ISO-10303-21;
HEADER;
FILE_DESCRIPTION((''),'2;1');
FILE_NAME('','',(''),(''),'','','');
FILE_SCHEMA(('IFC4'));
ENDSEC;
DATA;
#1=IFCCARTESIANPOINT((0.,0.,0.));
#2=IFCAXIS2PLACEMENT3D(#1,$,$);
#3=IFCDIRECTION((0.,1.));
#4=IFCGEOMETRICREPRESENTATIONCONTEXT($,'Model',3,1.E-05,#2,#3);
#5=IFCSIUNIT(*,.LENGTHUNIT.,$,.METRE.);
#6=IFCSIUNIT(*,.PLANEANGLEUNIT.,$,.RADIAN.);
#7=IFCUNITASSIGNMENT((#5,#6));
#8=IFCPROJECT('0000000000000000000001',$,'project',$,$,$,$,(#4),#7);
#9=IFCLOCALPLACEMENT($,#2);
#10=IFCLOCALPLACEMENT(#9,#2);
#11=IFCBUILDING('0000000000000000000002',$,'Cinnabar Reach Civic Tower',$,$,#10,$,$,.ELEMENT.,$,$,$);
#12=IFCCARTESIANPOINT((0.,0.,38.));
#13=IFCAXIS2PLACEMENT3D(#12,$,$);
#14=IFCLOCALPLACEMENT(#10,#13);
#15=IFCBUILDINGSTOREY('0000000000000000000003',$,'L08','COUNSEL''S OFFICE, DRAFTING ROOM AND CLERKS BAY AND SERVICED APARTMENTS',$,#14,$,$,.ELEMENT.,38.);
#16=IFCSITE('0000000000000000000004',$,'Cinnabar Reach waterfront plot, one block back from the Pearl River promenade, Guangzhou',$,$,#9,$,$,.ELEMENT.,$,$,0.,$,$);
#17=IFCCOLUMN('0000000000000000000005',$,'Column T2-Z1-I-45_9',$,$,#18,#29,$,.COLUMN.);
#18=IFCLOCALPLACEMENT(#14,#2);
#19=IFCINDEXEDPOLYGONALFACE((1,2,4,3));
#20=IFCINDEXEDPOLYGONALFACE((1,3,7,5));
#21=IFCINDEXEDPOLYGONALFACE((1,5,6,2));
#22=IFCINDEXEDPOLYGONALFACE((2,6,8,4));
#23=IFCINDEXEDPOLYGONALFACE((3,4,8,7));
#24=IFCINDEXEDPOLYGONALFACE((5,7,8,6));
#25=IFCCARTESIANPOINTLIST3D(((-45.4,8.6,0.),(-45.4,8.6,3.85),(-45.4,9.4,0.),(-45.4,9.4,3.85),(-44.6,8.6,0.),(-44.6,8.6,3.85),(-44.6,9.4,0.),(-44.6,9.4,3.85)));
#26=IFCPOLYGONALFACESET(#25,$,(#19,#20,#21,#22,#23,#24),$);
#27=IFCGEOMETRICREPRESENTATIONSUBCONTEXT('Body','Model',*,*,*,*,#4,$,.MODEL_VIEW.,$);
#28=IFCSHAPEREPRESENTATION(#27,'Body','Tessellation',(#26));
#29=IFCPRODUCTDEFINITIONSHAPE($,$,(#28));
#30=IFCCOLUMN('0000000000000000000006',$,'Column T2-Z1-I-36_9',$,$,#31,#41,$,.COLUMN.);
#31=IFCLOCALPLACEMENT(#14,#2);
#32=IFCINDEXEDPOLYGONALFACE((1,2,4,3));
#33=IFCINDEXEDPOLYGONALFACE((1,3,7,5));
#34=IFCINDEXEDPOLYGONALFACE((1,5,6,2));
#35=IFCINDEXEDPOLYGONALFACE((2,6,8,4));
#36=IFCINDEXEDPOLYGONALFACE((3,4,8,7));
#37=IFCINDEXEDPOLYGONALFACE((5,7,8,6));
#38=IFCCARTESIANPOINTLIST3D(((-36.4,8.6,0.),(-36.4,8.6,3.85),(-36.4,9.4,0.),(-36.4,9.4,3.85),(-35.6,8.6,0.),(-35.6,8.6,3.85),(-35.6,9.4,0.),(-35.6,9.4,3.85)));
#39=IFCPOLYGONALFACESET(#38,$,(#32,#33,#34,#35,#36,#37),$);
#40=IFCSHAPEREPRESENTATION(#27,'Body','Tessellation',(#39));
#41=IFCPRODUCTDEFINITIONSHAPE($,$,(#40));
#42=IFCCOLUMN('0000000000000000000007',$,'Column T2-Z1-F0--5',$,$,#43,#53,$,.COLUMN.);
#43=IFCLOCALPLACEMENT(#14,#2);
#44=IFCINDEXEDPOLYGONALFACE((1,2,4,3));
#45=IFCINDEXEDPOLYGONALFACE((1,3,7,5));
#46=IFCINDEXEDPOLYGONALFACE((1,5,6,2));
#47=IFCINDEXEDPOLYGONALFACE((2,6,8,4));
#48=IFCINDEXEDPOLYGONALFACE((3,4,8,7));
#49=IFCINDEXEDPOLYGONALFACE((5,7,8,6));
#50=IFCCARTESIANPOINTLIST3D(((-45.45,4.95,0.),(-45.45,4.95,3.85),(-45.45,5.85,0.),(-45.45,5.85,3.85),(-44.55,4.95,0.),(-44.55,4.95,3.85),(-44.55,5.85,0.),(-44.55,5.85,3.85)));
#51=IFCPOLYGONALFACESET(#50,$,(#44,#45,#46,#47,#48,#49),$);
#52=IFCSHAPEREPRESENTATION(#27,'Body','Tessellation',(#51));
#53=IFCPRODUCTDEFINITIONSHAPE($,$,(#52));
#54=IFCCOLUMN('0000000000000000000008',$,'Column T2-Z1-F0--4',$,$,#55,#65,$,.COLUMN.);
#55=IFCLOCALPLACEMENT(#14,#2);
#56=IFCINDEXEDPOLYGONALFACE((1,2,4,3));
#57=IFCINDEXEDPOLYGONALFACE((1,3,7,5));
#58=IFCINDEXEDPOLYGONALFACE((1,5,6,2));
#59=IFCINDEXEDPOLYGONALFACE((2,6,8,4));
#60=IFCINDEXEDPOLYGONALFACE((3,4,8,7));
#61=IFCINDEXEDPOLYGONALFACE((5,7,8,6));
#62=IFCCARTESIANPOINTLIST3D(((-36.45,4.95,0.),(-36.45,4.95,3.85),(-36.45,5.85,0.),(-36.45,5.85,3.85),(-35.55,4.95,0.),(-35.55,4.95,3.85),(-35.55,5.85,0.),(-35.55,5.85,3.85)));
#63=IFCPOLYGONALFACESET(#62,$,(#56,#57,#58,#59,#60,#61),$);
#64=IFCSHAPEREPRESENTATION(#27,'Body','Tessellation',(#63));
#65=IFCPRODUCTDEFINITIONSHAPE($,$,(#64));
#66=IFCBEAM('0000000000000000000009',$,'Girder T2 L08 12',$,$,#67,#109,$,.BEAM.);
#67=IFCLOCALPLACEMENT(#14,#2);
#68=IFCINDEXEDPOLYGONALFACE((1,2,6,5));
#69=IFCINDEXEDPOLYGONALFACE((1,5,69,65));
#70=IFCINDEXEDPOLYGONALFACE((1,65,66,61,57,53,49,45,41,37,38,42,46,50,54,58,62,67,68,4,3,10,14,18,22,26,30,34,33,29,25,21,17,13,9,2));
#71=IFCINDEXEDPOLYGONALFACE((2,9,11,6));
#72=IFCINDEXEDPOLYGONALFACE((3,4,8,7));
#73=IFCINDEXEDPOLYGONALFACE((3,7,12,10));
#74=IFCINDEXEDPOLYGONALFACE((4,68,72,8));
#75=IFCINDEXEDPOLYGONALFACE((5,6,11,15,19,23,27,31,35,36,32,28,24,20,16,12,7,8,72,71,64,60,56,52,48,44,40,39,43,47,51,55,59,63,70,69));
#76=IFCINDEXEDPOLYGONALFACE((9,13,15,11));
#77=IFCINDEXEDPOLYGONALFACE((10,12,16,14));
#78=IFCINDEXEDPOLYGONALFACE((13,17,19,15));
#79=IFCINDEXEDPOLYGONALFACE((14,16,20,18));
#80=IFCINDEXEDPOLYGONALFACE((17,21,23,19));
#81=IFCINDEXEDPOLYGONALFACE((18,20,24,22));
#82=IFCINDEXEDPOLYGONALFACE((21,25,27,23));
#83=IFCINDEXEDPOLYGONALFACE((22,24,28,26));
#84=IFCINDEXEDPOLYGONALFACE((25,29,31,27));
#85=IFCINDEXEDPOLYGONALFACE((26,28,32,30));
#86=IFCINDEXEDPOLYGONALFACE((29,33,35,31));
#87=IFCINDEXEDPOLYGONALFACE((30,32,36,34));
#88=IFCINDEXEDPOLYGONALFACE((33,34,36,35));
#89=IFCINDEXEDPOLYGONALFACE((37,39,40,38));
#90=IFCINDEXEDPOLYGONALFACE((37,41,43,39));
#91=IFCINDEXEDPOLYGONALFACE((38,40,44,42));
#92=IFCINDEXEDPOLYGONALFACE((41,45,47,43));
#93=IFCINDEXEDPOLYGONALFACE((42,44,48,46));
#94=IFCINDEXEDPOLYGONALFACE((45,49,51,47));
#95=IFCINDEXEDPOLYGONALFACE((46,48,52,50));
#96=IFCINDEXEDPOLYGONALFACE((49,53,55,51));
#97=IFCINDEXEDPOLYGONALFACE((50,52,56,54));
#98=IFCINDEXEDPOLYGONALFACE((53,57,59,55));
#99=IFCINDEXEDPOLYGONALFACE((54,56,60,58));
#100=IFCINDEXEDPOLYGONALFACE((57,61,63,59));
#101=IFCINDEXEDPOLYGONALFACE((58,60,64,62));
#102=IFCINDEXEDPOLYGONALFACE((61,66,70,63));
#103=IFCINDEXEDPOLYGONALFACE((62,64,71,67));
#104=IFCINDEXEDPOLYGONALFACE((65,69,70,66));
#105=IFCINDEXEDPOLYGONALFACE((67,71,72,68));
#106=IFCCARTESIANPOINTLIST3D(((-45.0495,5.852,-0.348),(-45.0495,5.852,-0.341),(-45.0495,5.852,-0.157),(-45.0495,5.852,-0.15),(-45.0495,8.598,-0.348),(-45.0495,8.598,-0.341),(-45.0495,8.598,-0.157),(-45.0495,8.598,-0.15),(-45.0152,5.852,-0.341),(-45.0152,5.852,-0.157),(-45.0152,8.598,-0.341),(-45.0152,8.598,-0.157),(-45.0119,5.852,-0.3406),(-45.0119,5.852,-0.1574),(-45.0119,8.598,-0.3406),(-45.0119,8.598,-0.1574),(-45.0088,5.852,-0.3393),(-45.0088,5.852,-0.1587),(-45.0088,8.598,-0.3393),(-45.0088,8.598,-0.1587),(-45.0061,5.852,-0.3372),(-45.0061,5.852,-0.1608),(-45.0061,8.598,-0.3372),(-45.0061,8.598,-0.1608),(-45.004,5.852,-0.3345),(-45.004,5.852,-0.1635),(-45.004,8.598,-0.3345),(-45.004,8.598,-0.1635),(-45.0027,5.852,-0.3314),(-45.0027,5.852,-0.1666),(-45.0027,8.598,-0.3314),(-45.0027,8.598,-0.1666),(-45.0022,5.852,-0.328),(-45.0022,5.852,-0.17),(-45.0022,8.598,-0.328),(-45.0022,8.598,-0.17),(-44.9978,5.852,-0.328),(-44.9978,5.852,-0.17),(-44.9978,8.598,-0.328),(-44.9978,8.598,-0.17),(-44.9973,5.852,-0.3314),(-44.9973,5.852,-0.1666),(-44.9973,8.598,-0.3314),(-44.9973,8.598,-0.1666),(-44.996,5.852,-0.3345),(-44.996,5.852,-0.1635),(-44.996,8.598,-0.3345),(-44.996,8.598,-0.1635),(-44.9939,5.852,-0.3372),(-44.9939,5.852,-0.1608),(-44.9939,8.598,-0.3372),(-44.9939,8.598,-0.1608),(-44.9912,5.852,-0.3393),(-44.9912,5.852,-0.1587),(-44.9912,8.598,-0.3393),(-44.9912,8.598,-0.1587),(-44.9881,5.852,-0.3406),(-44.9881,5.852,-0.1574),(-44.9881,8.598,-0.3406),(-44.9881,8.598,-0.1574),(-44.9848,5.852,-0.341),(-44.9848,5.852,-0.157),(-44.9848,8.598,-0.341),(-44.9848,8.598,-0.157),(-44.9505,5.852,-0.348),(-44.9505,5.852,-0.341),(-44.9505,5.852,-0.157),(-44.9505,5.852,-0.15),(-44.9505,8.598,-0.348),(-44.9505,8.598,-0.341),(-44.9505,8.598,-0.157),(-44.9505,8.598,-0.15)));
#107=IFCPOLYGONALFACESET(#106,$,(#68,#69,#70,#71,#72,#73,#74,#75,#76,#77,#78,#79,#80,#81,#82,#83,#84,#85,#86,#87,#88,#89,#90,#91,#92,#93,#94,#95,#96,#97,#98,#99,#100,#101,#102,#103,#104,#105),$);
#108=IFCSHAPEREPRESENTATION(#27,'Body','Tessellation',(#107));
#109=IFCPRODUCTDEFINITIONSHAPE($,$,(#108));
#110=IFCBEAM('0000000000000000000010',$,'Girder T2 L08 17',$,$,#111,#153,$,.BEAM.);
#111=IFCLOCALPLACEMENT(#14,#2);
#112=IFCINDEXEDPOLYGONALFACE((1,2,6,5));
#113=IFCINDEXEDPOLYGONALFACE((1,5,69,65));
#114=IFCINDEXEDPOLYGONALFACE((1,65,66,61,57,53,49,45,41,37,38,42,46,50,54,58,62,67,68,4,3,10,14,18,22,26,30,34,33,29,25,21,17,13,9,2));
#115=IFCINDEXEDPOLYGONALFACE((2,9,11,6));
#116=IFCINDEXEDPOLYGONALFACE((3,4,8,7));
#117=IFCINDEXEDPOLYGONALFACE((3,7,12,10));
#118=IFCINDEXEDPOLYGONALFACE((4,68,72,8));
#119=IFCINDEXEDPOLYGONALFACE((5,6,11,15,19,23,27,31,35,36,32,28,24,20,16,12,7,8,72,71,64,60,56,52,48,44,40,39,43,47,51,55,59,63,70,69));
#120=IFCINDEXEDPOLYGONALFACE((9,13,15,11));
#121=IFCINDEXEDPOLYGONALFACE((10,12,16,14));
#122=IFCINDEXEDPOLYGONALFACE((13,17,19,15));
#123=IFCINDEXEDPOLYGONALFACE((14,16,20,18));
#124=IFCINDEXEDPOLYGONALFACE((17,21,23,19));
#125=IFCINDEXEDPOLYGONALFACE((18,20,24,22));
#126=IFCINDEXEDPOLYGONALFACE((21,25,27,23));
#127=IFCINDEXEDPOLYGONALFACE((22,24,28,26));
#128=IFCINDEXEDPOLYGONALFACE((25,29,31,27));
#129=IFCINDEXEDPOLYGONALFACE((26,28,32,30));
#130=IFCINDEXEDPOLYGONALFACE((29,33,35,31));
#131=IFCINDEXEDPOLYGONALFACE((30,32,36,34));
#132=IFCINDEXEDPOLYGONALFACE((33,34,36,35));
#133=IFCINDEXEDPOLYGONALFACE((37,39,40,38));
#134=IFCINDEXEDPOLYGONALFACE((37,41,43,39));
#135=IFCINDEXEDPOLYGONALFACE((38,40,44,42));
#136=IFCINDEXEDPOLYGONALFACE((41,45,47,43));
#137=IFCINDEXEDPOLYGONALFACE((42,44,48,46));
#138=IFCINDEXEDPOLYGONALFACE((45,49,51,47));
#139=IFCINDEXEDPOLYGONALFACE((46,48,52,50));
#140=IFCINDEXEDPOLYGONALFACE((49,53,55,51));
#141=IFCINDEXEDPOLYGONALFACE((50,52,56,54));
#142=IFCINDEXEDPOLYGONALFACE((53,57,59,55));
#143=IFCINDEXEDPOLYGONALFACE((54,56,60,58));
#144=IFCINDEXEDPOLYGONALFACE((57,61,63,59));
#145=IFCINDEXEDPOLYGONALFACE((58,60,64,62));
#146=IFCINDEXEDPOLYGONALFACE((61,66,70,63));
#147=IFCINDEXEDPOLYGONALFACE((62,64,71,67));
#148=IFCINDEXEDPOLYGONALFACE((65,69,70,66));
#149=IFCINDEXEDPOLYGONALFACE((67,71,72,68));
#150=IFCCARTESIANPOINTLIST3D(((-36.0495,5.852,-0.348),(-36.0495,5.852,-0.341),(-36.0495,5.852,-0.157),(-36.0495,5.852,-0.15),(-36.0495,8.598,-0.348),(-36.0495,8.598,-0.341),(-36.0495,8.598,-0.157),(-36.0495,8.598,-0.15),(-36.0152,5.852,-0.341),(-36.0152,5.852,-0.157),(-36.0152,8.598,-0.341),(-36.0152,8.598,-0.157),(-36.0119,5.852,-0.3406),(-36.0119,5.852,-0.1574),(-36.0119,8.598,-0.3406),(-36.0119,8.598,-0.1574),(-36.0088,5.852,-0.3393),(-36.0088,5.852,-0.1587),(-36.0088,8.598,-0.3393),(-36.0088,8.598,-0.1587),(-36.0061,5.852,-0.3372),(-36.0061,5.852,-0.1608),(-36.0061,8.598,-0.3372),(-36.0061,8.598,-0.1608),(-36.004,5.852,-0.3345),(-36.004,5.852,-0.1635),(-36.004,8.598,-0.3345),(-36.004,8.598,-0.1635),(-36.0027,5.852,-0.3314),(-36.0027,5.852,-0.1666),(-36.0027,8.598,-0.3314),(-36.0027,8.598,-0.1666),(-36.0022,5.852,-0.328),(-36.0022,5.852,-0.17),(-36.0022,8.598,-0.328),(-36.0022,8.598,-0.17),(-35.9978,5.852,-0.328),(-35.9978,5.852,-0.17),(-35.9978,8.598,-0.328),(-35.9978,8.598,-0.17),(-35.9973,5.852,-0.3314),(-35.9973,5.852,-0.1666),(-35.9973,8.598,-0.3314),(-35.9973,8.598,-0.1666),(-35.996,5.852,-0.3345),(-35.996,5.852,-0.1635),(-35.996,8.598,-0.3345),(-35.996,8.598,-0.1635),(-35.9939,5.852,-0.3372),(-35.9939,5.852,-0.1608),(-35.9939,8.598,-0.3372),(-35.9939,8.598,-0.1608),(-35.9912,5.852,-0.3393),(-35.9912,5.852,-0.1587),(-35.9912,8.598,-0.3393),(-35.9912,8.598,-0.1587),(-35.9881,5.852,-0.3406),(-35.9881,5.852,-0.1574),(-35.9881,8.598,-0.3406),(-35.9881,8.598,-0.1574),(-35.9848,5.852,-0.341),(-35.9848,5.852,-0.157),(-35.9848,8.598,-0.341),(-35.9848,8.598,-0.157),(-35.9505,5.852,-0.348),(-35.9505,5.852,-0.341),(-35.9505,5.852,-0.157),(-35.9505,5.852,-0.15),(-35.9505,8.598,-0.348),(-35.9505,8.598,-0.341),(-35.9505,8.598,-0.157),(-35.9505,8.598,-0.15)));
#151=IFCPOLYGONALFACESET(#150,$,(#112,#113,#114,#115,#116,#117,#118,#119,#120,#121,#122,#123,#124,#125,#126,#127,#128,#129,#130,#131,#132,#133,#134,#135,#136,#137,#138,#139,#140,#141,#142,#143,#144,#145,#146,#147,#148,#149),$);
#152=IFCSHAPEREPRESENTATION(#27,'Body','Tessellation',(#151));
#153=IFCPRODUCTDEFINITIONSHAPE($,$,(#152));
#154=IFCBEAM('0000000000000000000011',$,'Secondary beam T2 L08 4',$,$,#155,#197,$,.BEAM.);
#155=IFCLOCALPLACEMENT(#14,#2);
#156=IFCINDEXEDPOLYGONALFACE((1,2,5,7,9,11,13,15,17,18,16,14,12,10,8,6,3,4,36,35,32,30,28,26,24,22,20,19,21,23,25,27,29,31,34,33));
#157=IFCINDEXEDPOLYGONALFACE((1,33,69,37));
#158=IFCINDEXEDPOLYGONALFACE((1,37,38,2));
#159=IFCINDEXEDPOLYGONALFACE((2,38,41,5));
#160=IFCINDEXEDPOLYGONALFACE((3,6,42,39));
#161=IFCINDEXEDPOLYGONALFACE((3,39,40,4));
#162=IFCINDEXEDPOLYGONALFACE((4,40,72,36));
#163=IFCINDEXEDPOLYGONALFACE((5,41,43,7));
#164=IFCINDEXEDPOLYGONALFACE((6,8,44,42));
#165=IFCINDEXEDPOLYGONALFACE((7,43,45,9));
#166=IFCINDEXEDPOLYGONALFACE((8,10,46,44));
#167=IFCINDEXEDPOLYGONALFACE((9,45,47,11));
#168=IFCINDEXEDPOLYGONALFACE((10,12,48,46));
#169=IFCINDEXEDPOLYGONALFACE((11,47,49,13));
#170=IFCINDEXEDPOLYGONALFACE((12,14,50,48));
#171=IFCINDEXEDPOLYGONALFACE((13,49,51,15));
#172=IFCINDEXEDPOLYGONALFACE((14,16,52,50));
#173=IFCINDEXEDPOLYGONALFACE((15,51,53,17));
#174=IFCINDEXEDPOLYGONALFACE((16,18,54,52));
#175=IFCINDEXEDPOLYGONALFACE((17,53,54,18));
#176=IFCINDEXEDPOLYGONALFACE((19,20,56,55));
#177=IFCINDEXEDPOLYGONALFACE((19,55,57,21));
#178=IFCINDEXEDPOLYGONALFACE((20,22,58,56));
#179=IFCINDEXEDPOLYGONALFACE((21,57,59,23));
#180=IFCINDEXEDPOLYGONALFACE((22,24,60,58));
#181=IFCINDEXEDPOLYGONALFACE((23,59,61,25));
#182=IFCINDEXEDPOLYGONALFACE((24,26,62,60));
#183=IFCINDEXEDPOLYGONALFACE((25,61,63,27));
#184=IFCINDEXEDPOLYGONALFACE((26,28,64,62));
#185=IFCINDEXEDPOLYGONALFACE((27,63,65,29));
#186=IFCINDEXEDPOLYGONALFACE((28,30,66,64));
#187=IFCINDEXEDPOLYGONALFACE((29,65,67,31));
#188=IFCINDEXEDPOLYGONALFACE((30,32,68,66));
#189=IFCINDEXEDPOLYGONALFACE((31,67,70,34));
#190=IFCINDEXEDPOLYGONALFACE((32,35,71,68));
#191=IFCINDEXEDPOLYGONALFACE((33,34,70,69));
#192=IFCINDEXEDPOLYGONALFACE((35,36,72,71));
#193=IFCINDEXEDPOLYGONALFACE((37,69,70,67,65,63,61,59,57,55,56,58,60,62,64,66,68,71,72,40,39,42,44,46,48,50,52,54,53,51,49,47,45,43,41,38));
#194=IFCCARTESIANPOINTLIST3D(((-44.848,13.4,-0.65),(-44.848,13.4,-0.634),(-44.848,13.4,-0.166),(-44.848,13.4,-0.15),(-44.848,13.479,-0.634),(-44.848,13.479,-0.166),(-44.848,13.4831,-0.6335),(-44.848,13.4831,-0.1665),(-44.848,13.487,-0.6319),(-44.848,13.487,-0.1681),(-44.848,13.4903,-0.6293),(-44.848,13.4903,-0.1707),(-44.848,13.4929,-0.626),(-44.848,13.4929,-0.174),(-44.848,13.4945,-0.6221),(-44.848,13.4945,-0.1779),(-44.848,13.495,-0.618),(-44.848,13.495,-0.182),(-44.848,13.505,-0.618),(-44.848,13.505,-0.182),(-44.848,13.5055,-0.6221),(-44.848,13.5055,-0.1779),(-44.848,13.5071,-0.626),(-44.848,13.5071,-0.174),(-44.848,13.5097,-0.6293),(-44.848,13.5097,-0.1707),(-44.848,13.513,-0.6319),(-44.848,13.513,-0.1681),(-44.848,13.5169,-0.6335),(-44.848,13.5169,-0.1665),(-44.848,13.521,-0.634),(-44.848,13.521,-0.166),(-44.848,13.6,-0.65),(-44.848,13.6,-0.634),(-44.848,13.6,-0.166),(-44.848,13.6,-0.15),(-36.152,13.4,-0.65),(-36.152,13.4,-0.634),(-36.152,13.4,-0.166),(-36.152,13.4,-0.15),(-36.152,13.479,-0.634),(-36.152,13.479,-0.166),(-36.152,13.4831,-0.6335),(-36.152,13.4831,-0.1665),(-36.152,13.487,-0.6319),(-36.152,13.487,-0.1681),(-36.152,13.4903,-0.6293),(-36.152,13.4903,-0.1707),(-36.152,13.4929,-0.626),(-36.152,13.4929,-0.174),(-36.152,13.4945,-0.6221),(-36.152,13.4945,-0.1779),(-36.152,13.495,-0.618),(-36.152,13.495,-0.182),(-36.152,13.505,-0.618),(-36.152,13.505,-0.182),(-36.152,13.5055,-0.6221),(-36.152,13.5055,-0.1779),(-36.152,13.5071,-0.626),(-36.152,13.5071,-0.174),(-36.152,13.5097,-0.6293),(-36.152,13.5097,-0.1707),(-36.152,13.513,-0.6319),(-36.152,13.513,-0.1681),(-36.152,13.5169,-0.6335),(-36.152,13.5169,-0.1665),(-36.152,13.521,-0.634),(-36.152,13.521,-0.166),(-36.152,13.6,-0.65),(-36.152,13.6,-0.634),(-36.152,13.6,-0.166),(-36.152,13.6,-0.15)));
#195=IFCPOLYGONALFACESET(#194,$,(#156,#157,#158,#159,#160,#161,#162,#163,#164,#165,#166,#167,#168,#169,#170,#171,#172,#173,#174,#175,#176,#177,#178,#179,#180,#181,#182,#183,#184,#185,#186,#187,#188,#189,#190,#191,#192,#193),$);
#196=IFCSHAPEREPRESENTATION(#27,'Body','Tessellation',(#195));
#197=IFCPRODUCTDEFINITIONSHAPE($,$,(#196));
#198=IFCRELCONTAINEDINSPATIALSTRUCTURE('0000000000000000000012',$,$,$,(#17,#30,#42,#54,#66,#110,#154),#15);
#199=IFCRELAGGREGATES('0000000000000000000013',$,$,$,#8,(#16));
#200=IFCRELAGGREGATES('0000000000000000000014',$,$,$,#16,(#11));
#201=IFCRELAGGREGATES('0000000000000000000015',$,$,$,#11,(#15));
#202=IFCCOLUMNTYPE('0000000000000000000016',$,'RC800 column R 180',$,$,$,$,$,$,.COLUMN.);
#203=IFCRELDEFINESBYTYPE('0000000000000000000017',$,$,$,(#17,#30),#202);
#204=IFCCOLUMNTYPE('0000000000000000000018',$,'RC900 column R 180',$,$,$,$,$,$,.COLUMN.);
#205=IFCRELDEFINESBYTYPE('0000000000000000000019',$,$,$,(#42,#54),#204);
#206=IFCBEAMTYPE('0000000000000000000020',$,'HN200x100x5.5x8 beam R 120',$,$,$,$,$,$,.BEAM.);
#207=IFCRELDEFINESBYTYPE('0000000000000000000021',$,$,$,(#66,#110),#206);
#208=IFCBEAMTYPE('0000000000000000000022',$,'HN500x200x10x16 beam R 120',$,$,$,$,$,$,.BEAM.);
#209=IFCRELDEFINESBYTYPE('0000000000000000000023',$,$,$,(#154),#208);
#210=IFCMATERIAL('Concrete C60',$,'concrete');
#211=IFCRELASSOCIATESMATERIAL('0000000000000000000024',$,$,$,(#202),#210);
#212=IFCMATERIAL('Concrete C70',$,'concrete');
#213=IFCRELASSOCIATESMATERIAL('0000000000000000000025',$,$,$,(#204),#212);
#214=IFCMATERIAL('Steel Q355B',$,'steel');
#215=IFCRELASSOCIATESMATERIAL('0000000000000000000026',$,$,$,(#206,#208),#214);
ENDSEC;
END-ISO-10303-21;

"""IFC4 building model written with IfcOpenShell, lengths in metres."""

from ifc_helpers import new_model, si_unit, direction, frame, origin, origin_2d, place, context, subcontext, project, spatial, rectangle, i_section, extrude, material, material_profile, profile_set, type_object, element, save


model = new_model("IFC4")

# Units and contexts
model_context = context("Model", 3, precision=1e-05, world=origin(), true_north=direction((0.0, 1.0)))
body_context = subcontext(model_context, "Body", "Model", "MODEL_VIEW")
ifc_project = project(units=[si_unit("LENGTHUNIT", "METRE"), si_unit("PLANEANGLEUNIT", "RADIAN")], contexts=[model_context])

# Site, building, storey
site_placement = place(None, origin())
site = spatial("IfcSite", under=ifc_project, at=site_placement, Name="Cinnabar Reach waterfront plot, one block back from the Pearl River promenade, Guangzhou", CompositionType="ELEMENT", RefElevation=0.0)
building_placement = place(site_placement, origin())
building = spatial("IfcBuilding", under=site, at=building_placement, Name="Cinnabar Reach Civic Tower", CompositionType="ELEMENT")
storey_placement = place(building_placement, frame((0.0, 0.0, 38.0)))
storey = spatial("IfcBuildingStorey", under=building, at=storey_placement, Name="L08", Description="COUNSEL'S OFFICE, DRAFTING ROOM AND CLERKS BAY AND SERVICED APARTMENTS", CompositionType="ELEMENT", Elevation=38.0)

# Columns
ifc_material_1 = material(Name="Concrete C60", Category="concrete")
ifc_material_profile_1 = material_profile(ifc_material_1, rectangle(XDim=0.8, YDim=0.8, at=origin_2d()), Name="RC800")
ifc_profile_set_1 = profile_set([ifc_material_profile_1], Name="Concrete C60")
column_type_1 = type_object("IfcColumnType", Name="RC800 column R 180", PredefinedType="COLUMN", material=ifc_profile_set_1)
for number, where, z_axis, x_axis, name in (
    (1, (-45.0, 9.0, 0.0), (0.0, 0.0, 1.0), (1.0, 0.0, 0.0), "Column T2-Z1-I-45_9"),
    (2, (-36.0, 9.0, 0.0), (0.0, 0.0, 1.0), (1.0, 0.0, 0.0), "Column T2-Z1-I-36_9"),
):
    element("IfcColumn", number, at=place(storey_placement, frame(where, z_axis=z_axis, x_axis=x_axis)), inside=storey, type_object=column_type_1, Name=name, PredefinedType="COLUMN", context=body_context, shape_type="SweptSolid", body=[
        extrude(rectangle(XDim=0.8, YDim=0.8, at=origin_2d()), origin(), (0.0, 0.0, 1.0), 3.85),
    ])
ifc_material_2 = material(Name="Concrete C70", Category="concrete")
ifc_material_profile_2 = material_profile(ifc_material_2, rectangle(XDim=0.9, YDim=0.9, at=origin_2d()), Name="RC900")
ifc_profile_set_2 = profile_set([ifc_material_profile_2], Name="Concrete C70")
column_type_2 = type_object("IfcColumnType", Name="RC900 column R 180", PredefinedType="COLUMN", material=ifc_profile_set_2)
for number, where, z_axis, x_axis, name in (
    (3, (-45.0, 5.4, 0.0), (0.0, 0.0, 1.0), (1.0, 0.0, 0.0), "Column T2-Z1-F0--5"),
    (4, (-36.0, 5.4, 0.0), (0.0, 0.0, 1.0), (1.0, 0.0, 0.0), "Column T2-Z1-F0--4"),
):
    element("IfcColumn", number, at=place(storey_placement, frame(where, z_axis=z_axis, x_axis=x_axis)), inside=storey, type_object=column_type_2, Name=name, PredefinedType="COLUMN", context=body_context, shape_type="SweptSolid", body=[
        extrude(rectangle(XDim=0.9, YDim=0.9, at=origin_2d()), origin(), (0.0, 0.0, 1.0), 3.85),
    ])

# Beams
ifc_material_3 = material(Name="Steel Q355B", Category="steel")
ifc_material_profile_3 = material_profile(ifc_material_3, i_section(OverallWidth=0.099, OverallDepth=0.198, WebThickness=0.0045, FlangeThickness=0.007, FilletRadius=0.013, at=origin_2d()), Name="HN200x100x5.5x8")
ifc_profile_set_3 = profile_set([ifc_material_profile_3], Name="Steel Q355B")
beam_type_1 = type_object("IfcBeamType", Name="HN200x100x5.5x8 beam R 120", PredefinedType="BEAM", material=ifc_profile_set_3)
for number, where, z_axis, x_axis, name in (
    (5, (-45.0, 5.852, -0.249), (0.0, 1.0, 0.0), (-1.0, 0.0, 0.0), "Girder T2 L08 12"),
    (6, (-36.0, 5.852, -0.249), (0.0, 1.0, 0.0), (-1.0, 0.0, 0.0), "Girder T2 L08 17"),
):
    element("IfcBeam", number, at=place(storey_placement, frame(where, z_axis=z_axis, x_axis=x_axis)), inside=storey, type_object=beam_type_1, Name=name, PredefinedType="BEAM", context=body_context, shape_type="SweptSolid", body=[
        extrude(i_section(OverallWidth=0.099, OverallDepth=0.198, WebThickness=0.0045, FlangeThickness=0.007, FilletRadius=0.013, at=origin_2d()), origin(), (0.0, 0.0, 1.0), 2.746),
    ])
ifc_material_profile_4 = material_profile(ifc_material_3, i_section(OverallWidth=0.2, OverallDepth=0.5, WebThickness=0.01, FlangeThickness=0.016, FilletRadius=0.016, at=origin_2d()), Name="HN500x200x10x16")
ifc_profile_set_4 = profile_set([ifc_material_profile_4], Name="Steel Q355B")
beam_type_2 = type_object("IfcBeamType", Name="HN500x200x10x16 beam R 120", PredefinedType="BEAM", material=ifc_profile_set_4)
beam_1_placement = place(storey_placement, frame((-44.848, 13.5, -0.4), z_axis=(1.0, 0.0, 0.0), x_axis=(0.0, 1.0, 0.0)))
element("IfcBeam", 7, at=beam_1_placement, inside=storey, type_object=beam_type_2, Name="Secondary beam T2 L08 4", PredefinedType="BEAM", context=body_context, shape_type="SweptSolid", body=[
    extrude(i_section(OverallWidth=0.2, OverallDepth=0.5, WebThickness=0.01, FlangeThickness=0.016, FilletRadius=0.016, at=origin_2d()), origin(), (0.0, 0.0, 1.0), 8.696),
])

save(model, "model.ifc")
